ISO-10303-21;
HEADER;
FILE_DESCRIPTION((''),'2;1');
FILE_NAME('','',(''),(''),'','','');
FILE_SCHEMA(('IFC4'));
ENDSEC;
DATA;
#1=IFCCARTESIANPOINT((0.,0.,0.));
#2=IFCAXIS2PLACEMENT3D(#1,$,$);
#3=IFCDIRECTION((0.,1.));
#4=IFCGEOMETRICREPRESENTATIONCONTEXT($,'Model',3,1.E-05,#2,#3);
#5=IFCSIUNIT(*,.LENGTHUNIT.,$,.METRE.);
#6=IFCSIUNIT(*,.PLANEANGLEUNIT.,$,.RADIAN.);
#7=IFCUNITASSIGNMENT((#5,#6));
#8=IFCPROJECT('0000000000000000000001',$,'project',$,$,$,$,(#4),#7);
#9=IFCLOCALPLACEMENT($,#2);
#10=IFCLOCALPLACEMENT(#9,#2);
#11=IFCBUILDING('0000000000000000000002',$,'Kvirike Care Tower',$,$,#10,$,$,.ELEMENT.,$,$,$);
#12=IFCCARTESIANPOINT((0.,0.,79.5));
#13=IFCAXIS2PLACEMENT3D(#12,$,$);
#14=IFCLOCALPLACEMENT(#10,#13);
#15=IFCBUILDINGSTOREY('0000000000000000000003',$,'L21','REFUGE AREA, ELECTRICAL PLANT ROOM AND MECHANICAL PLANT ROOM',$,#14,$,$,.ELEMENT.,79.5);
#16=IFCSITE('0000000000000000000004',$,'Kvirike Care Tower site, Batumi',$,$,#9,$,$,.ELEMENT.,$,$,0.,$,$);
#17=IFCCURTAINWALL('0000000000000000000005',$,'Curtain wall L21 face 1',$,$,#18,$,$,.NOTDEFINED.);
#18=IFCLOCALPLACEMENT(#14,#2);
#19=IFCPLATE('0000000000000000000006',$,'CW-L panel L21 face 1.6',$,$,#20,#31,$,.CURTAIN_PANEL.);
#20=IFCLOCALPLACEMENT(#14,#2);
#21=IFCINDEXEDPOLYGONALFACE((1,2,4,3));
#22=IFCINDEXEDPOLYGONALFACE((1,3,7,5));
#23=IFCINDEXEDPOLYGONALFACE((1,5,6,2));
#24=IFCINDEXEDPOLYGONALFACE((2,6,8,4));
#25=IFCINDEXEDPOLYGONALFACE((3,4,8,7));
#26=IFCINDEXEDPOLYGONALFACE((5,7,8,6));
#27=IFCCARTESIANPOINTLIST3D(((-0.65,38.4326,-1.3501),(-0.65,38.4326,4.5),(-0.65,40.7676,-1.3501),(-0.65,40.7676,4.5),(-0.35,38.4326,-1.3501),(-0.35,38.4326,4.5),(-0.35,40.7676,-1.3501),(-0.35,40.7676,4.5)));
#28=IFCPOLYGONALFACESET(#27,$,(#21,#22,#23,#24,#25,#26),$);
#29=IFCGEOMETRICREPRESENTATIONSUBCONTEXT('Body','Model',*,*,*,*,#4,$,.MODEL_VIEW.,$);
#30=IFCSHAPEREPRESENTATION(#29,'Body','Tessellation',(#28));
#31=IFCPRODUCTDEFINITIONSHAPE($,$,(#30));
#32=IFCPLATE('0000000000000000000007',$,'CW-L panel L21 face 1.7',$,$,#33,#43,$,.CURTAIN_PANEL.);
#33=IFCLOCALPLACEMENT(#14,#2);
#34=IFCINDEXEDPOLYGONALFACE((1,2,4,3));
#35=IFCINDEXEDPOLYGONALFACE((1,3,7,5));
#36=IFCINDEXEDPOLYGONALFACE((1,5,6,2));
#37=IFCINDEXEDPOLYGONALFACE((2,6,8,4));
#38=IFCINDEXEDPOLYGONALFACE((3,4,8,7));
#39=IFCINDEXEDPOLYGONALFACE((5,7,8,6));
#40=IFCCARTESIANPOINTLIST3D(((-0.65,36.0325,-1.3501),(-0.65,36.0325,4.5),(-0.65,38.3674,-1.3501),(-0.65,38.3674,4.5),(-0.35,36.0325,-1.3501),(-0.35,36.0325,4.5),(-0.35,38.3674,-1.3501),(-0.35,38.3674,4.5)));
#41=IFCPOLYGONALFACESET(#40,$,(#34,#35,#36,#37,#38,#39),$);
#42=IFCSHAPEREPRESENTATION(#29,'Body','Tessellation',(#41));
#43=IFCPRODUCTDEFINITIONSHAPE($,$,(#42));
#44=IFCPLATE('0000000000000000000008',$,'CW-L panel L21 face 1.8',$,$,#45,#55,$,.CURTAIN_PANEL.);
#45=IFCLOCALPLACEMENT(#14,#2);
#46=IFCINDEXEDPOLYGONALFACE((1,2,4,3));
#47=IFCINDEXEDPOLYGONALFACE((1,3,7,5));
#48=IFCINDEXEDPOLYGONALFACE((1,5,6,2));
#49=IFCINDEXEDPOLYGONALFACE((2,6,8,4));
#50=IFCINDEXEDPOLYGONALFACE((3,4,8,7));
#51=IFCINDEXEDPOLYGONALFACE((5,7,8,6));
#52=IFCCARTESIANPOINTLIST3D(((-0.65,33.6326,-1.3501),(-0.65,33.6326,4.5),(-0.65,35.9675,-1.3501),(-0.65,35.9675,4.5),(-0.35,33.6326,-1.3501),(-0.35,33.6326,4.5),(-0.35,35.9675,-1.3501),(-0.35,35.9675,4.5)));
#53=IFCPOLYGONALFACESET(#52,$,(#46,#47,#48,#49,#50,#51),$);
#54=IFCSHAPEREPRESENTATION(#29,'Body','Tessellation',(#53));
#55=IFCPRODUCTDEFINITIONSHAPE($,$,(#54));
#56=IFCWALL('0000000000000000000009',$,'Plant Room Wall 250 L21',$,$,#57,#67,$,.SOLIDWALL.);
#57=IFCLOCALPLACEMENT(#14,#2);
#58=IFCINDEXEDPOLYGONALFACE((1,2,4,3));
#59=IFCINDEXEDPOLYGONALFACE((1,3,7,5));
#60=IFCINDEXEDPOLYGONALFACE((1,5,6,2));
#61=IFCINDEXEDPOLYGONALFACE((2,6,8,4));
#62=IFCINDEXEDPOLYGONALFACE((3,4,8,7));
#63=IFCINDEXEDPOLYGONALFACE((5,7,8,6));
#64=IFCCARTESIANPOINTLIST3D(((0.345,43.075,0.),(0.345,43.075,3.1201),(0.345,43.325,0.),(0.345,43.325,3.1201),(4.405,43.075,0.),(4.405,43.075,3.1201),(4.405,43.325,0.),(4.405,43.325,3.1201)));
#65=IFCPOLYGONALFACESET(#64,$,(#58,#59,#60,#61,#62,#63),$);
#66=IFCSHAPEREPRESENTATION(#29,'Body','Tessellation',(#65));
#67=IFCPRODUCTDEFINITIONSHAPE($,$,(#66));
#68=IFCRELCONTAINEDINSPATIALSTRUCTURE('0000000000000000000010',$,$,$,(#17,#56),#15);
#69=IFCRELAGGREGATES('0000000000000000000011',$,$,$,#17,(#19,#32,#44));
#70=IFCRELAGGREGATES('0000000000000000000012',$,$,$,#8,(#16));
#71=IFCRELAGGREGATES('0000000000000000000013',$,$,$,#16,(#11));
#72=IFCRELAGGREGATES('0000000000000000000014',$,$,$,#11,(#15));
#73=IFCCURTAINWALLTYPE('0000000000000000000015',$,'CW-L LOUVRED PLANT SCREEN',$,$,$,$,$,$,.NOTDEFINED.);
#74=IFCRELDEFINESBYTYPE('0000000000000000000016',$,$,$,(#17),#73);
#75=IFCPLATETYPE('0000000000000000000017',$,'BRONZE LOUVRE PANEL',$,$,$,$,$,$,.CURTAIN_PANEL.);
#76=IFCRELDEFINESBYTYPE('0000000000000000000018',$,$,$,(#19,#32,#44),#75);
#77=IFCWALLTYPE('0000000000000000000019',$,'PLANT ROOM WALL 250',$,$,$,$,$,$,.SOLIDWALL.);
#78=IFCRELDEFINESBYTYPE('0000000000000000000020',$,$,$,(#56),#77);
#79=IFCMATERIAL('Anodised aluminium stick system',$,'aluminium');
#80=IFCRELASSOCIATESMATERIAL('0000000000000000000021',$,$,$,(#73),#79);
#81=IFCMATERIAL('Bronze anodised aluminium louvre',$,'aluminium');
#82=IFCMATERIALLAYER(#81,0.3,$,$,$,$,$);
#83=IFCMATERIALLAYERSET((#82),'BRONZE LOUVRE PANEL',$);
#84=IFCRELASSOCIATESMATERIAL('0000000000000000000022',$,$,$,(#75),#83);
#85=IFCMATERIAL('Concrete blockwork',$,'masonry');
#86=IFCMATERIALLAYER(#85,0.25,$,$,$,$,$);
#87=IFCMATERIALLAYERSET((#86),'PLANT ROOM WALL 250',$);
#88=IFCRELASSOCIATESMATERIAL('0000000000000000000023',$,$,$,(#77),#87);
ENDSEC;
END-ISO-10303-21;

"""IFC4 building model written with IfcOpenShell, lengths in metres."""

from ifc_helpers import new_model, si_unit, direction, frame, frame_2d, origin, origin_2d, place, context, subcontext, project, spatial, rectangle, extrude, material, layer, layer_set, type_object, element, aggregate, save


model = new_model("IFC4")

# Units and contexts
model_context = context("Model", 3, precision=1e-05, world=origin(), true_north=direction((0.0, 1.0)))
body_context = subcontext(model_context, "Body", "Model", "MODEL_VIEW")
ifc_project = project(units=[si_unit("LENGTHUNIT", "METRE"), si_unit("PLANEANGLEUNIT", "RADIAN")], contexts=[model_context])

# Site, building, storey
site_placement = place(None, origin())
site = spatial("IfcSite", under=ifc_project, at=site_placement, Name="Kvirike Care Tower site, Batumi", CompositionType="ELEMENT", RefElevation=0.0)
building_placement = place(site_placement, origin())
building = spatial("IfcBuilding", under=site, at=building_placement, Name="Kvirike Care Tower", CompositionType="ELEMENT")
storey_placement = place(building_placement, frame((0.0, 0.0, 79.5)))
storey = spatial("IfcBuildingStorey", under=building, at=storey_placement, Name="L21", Description="REFUGE AREA, ELECTRICAL PLANT ROOM AND MECHANICAL PLANT ROOM", CompositionType="ELEMENT", Elevation=79.5)

# Curtain wall
ifc_material_1 = material(Name="Anodised aluminium stick system", Category="aluminium")
curtain_wall_type = type_object("IfcCurtainWallType", Name="CW-L LOUVRED PLANT SCREEN", PredefinedType="NOTDEFINED", material=ifc_material_1)
curtain_wall_placement = place(storey_placement, origin())
curtain_wall = element("IfcCurtainWall", 1, at=curtain_wall_placement, inside=storey, type_object=curtain_wall_type, Name="Curtain wall L21 face 1", PredefinedType="NOTDEFINED")

# Plates
ifc_material_2 = material(Name="Bronze anodised aluminium louvre", Category="aluminium")
ifc_layer_1 = layer(ifc_material_2, 0.3)
ifc_layer_set_1 = layer_set([ifc_layer_1], Name="BRONZE LOUVRE PANEL")
plate_type = type_object("IfcPlateType", Name="BRONZE LOUVRE PANEL", PredefinedType="CURTAIN_PANEL", material=ifc_layer_set_1)
plate_1_placement = place(storey_placement, frame((-0.5, 39.6001, -1.3501), z_axis=(0.0, 0.0, 1.0), x_axis=(0.0, -1.0, 0.0)))
plate_1 = element("IfcPlate", 2, at=plate_1_placement, type_object=plate_type, Name="CW-L panel L21 face 1.6", PredefinedType="CURTAIN_PANEL", context=body_context, shape_type="SweptSolid", body=[
    extrude(rectangle(XDim=2.335, YDim=0.3, at=origin_2d()), origin(), (0.0, 0.0, 1.0), 5.8501),
])
plate_2_placement = place(storey_placement, frame((-0.5, 37.2, -1.3501), z_axis=(0.0, 0.0, 1.0), x_axis=(0.0, -1.0, 0.0)))
plate_2 = element("IfcPlate", 3, at=plate_2_placement, type_object=plate_type, Name="CW-L panel L21 face 1.7", PredefinedType="CURTAIN_PANEL", context=body_context, shape_type="SweptSolid", body=[
    extrude(rectangle(XDim=2.335, YDim=0.3, at=origin_2d()), origin(), (0.0, 0.0, 1.0), 5.8501),
])
plate_3_placement = place(storey_placement, frame((-0.5, 34.8, -1.3501), z_axis=(0.0, 0.0, 1.0), x_axis=(0.0, -1.0, 0.0)))
plate_3 = element("IfcPlate", 4, at=plate_3_placement, type_object=plate_type, Name="CW-L panel L21 face 1.8", PredefinedType="CURTAIN_PANEL", context=body_context, shape_type="SweptSolid", body=[
    extrude(rectangle(XDim=2.335, YDim=0.3, at=origin_2d()), origin(), (0.0, 0.0, 1.0), 5.8501),
])
aggregate(curtain_wall, [plate_1, plate_2, plate_3])

# Wall
ifc_material_3 = material(Name="Concrete blockwork", Category="masonry")
ifc_layer_2 = layer(ifc_material_3, 0.25)
ifc_layer_set_2 = layer_set([ifc_layer_2], Name="PLANT ROOM WALL 250")
wall_type = type_object("IfcWallType", Name="PLANT ROOM WALL 250", PredefinedType="SOLIDWALL", material=ifc_layer_set_2)
wall_placement = place(storey_placement, frame((4.405, 43.2, 0.0), z_axis=(0.0, 0.0, 1.0), x_axis=(-1.0, 0.0, 0.0)))
element("IfcWall", 5, at=wall_placement, inside=storey, type_object=wall_type, Name="Plant Room Wall 250 L21", PredefinedType="SOLIDWALL", context=body_context, shape_type="SweptSolid", body=[
    extrude(rectangle(XDim=4.0601, YDim=0.25, at=frame_2d((2.03, 0.0))), origin(), (0.0, 0.0, 1.0), 3.1201),
])

save(model, "model.ifc")
